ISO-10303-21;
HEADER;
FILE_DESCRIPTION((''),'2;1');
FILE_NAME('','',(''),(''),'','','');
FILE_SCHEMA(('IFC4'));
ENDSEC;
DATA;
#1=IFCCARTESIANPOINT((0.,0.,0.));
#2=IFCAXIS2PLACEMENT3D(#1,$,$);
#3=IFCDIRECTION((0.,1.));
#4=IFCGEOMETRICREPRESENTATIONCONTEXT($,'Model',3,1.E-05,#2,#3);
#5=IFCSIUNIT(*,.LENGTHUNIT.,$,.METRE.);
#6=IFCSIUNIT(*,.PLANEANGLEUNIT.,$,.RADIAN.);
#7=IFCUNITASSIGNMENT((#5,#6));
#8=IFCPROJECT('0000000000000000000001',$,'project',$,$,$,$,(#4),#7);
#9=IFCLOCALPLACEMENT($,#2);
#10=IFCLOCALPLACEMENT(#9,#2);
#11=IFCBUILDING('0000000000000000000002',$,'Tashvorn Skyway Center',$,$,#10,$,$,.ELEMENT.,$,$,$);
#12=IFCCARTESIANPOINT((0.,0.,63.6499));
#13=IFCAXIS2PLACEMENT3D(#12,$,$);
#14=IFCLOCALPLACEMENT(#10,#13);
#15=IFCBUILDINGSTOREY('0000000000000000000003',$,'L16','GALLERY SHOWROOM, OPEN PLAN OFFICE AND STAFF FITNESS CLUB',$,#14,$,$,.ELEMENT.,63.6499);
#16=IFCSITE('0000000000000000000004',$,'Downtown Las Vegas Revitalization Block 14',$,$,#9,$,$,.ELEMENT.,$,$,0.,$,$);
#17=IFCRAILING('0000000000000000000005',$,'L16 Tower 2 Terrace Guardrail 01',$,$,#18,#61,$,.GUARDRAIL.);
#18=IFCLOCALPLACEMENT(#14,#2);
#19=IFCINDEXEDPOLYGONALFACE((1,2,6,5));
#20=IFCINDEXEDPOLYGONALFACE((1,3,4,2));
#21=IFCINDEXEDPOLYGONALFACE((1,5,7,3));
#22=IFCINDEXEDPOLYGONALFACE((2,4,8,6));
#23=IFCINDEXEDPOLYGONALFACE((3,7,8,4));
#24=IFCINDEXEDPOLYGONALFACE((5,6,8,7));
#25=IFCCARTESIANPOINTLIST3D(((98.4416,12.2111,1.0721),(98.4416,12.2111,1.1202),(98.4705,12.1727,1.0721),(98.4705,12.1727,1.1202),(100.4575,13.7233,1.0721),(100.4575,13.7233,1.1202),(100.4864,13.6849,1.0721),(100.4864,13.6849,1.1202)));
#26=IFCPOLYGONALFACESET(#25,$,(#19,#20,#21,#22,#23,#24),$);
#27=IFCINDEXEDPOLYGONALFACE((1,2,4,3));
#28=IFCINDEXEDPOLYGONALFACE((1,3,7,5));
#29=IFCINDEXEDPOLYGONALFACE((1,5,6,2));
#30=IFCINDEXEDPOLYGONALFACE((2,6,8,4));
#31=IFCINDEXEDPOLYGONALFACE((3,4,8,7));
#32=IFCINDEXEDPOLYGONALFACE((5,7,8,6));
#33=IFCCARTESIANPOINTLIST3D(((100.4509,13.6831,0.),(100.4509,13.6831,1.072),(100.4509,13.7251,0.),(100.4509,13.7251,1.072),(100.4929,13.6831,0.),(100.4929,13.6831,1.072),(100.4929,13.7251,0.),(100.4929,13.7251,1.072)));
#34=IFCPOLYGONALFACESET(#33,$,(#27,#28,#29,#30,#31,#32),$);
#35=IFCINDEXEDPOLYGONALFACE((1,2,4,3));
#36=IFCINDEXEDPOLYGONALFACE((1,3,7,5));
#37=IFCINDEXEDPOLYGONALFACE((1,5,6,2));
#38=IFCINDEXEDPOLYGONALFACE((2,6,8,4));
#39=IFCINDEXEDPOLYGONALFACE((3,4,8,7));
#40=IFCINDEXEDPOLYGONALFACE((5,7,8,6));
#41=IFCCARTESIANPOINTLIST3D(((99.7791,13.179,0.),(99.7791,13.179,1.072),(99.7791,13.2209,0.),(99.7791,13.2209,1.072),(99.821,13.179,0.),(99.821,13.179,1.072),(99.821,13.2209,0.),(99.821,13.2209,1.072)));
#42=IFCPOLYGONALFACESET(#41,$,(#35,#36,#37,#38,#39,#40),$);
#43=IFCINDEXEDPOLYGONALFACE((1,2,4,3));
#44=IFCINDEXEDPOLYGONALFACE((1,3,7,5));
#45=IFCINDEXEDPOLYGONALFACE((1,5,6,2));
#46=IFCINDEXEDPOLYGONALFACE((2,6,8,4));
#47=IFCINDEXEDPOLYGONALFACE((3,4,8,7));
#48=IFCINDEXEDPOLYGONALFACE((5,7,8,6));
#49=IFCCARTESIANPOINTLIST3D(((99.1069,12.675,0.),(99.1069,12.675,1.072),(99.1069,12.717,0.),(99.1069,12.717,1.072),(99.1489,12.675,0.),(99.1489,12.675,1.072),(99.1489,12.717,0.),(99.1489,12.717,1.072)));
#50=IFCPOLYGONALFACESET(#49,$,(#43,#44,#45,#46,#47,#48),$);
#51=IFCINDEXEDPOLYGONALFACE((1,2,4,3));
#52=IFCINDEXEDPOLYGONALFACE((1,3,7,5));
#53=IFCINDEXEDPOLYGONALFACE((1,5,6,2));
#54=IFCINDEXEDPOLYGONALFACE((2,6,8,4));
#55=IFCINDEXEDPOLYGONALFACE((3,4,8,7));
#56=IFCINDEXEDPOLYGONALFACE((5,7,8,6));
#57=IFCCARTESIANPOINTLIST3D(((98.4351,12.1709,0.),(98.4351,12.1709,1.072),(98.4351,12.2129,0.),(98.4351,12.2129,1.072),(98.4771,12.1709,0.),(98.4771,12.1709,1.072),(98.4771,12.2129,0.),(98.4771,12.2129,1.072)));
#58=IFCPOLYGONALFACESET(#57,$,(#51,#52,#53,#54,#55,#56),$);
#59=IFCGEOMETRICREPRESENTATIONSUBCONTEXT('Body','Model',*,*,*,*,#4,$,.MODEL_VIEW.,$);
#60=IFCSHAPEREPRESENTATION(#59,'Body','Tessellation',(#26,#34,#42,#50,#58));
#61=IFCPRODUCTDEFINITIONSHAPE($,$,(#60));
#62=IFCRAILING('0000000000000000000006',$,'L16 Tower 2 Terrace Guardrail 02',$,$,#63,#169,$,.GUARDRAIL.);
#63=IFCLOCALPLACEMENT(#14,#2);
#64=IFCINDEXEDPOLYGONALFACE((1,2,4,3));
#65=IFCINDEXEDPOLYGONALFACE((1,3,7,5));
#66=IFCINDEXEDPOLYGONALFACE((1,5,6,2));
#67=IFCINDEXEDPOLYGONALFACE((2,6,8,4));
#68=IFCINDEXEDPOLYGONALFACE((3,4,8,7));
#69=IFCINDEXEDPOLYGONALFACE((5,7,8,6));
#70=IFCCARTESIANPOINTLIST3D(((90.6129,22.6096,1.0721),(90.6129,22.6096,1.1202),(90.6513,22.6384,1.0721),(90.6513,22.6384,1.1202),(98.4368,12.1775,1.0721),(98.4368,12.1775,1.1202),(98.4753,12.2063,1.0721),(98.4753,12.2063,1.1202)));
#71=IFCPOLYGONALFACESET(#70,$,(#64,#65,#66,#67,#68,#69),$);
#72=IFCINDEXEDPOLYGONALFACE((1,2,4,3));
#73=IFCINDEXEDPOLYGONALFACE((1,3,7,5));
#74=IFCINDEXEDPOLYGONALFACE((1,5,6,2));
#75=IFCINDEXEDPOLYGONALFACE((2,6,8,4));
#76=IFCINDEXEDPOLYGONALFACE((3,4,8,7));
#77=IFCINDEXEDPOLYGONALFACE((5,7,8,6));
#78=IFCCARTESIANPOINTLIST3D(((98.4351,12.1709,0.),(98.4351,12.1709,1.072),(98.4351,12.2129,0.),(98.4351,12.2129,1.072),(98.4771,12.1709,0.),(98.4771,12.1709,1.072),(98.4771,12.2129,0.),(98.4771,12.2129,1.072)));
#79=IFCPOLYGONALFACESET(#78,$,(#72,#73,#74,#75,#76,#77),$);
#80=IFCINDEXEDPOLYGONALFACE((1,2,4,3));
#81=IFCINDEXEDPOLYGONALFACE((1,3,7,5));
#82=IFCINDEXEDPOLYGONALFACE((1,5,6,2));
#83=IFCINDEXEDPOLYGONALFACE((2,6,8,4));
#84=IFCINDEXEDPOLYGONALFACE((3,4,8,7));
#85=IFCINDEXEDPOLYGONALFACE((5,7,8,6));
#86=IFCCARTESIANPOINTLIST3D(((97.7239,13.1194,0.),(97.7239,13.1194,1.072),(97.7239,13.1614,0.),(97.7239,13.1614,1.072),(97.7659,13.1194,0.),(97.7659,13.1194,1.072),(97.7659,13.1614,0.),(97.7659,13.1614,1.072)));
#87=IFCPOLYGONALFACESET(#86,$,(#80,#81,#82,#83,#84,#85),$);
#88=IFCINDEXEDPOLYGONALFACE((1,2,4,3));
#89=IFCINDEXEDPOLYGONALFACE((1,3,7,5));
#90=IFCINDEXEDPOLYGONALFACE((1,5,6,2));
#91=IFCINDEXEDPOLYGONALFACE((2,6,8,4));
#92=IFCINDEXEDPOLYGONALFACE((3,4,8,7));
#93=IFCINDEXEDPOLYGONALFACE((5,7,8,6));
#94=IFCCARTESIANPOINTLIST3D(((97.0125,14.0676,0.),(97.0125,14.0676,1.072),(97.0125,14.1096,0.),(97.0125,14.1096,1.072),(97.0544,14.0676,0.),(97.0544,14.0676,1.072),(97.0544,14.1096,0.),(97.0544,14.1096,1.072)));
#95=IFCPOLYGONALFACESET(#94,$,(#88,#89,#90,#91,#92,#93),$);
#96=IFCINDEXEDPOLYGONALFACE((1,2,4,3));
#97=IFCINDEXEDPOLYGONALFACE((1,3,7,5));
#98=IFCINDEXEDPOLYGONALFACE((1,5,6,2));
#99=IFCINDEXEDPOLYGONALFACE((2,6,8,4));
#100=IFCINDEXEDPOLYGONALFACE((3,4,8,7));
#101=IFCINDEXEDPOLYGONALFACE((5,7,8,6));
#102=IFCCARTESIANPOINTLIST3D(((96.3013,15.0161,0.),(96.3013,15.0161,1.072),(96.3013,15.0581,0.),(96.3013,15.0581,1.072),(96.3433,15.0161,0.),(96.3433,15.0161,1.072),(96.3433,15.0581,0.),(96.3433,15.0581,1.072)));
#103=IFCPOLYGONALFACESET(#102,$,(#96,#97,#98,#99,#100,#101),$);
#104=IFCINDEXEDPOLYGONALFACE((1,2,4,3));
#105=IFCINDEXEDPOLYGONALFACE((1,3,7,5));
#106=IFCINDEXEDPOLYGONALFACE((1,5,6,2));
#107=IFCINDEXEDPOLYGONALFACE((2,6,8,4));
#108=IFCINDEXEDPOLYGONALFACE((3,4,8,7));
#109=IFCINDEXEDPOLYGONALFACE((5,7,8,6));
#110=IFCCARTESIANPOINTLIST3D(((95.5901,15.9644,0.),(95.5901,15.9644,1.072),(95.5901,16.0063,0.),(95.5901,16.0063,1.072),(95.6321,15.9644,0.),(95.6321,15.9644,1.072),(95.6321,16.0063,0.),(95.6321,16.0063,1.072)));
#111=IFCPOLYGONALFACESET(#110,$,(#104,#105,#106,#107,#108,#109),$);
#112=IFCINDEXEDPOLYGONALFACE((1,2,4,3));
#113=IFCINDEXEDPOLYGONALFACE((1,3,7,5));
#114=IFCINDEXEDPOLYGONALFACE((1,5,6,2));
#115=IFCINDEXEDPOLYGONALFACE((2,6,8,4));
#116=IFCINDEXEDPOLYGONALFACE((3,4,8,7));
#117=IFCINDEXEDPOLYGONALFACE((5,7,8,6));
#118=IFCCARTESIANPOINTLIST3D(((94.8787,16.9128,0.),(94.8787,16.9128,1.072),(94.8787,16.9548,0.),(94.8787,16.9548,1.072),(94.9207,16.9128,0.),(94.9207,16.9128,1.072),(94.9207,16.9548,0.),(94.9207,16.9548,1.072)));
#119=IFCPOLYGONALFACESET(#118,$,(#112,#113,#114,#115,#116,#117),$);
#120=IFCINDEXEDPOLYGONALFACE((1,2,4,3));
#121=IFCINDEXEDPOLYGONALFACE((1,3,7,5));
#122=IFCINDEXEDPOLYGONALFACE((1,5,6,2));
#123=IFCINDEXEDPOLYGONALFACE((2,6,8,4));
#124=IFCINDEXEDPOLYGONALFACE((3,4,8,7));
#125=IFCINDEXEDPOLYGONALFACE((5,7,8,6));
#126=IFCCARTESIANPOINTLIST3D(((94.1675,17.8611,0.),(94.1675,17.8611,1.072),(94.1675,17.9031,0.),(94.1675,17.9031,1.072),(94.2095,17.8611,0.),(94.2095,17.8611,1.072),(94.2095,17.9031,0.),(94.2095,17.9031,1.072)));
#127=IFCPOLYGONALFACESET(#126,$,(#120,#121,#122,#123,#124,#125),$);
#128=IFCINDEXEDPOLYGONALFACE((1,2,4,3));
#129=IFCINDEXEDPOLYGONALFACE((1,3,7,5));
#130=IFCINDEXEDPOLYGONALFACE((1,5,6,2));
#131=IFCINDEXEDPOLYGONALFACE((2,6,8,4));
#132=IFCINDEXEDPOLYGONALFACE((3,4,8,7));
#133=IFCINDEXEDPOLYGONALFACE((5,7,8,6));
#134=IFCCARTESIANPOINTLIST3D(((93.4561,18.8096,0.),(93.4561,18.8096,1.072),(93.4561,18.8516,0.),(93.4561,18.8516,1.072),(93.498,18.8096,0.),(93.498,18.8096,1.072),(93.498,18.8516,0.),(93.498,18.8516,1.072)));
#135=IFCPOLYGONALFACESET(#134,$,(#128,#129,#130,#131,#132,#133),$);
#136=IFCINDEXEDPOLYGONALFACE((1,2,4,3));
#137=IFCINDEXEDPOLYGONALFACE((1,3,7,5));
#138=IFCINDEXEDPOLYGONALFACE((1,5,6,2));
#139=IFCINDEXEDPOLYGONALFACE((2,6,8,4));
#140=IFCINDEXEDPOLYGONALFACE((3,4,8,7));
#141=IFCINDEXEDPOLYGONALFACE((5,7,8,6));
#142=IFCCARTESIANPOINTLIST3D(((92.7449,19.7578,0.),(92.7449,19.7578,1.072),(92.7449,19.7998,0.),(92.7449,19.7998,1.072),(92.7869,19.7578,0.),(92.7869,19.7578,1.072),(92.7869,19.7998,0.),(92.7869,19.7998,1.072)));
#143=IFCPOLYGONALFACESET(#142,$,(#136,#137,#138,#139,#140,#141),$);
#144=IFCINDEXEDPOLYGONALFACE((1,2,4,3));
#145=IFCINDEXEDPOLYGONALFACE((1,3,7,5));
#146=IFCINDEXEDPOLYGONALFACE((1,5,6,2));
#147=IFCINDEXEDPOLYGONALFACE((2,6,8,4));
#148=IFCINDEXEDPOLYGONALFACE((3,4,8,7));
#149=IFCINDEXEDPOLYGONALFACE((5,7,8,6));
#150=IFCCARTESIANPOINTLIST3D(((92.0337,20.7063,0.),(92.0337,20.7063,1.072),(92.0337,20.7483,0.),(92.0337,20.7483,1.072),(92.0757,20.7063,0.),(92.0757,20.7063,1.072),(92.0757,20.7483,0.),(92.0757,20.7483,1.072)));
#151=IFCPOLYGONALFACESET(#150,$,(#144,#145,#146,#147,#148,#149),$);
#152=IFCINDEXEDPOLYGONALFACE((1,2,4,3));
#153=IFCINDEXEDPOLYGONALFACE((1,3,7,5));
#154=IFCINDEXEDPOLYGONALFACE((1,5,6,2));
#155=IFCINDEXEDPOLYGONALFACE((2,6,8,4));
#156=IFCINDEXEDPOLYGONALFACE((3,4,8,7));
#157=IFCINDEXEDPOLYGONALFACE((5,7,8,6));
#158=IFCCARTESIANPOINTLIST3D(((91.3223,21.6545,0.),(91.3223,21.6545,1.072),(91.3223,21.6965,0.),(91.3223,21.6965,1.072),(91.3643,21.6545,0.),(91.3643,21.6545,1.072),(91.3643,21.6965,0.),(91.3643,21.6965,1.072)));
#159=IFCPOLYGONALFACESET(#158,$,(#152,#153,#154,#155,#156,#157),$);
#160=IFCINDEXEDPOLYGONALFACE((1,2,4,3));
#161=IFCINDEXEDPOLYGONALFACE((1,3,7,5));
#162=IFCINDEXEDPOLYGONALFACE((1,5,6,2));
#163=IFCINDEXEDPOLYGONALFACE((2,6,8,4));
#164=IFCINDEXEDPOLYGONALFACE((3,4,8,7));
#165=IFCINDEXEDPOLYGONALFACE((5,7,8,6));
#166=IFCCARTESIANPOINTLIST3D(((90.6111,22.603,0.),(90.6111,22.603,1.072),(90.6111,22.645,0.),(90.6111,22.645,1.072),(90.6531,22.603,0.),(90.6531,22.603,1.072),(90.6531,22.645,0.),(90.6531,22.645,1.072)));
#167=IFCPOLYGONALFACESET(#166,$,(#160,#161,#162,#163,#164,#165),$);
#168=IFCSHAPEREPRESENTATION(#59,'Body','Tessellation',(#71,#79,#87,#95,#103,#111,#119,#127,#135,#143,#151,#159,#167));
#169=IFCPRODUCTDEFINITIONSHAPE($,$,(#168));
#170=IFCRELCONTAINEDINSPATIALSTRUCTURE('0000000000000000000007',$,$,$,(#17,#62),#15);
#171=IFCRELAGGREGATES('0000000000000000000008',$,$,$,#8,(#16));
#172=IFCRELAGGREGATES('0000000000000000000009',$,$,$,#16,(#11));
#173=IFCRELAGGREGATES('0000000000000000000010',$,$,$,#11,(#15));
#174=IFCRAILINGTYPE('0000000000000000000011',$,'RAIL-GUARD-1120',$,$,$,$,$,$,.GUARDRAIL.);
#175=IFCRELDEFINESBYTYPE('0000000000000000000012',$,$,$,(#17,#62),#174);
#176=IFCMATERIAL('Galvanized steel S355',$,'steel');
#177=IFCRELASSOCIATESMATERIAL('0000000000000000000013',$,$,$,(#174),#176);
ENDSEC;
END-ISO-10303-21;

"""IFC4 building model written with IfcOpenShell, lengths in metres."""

from ifc_helpers import new_model, si_unit, direction, frame, origin, origin_2d, place, context, subcontext, project, spatial, rectangle, extrude, material, type_object, element, save


model = new_model("IFC4")

# Units and contexts
model_context = context("Model", 3, precision=1e-05, world=origin(), true_north=direction((0.0, 1.0)))
body_context = subcontext(model_context, "Body", "Model", "MODEL_VIEW")
ifc_project = project(units=[si_unit("LENGTHUNIT", "METRE"), si_unit("PLANEANGLEUNIT", "RADIAN")], contexts=[model_context])

# Site, building, storey
site_placement = place(None, origin())
site = spatial("IfcSite", under=ifc_project, at=site_placement, Name="Downtown Las Vegas Revitalization Block 14", CompositionType="ELEMENT", RefElevation=0.0)
building_placement = place(site_placement, origin())
building = spatial("IfcBuilding", under=site, at=building_placement, Name="Tashvorn Skyway Center", CompositionType="ELEMENT")
storey_placement = place(building_placement, frame((0.0, 0.0, 63.6499)))
storey = spatial("IfcBuildingStorey", under=building, at=storey_placement, Name="L16", Description="GALLERY SHOWROOM, OPEN PLAN OFFICE AND STAFF FITNESS CLUB", CompositionType="ELEMENT", Elevation=63.6499)

# Railings
ifc_material_1 = material(Name="Galvanized steel S355", Category="steel")
railing_type = type_object("IfcRailingType", Name="RAIL-GUARD-1120", PredefinedType="GUARDRAIL", material=ifc_material_1)
railing_1_placement = place(storey_placement, frame((100.4719, 13.7041, 0.0)))
element("IfcRailing", 1, at=railing_1_placement, inside=storey, type_object=railing_type, Name="L16 Tower 2 Terrace Guardrail 01", PredefinedType="GUARDRAIL", context=body_context, shape_type="SweptSolid", body=[
    extrude(rectangle(XDim=0.0481, YDim=0.0481, at=origin_2d()), frame((0.0, 0.0, 1.0962), z_axis=(-0.799942, -0.600078, 0.0), x_axis=(0.600078, -0.799942, 0.0)), (0.0, 0.0, 1.0), 2.52),
    extrude(rectangle(XDim=0.042, YDim=0.042, at=origin_2d()), origin(), (0.0, 0.0, 1.0), 1.072),
    extrude(rectangle(XDim=0.042, YDim=0.042, at=origin_2d()), frame((-0.6719, -0.5042, 0.0)), (0.0, 0.0, 1.0), 1.072),
    extrude(rectangle(XDim=0.042, YDim=0.042, at=origin_2d()), frame((-1.344, -1.0081, 0.0)), (0.0, 0.0, 1.0), 1.072),
    extrude(rectangle(XDim=0.042, YDim=0.042, at=origin_2d()), frame((-2.0159, -1.5122, 0.0)), (0.0, 0.0, 1.0), 1.072),
])
railing_2_placement = place(storey_placement, frame((98.4561, 12.1919, 0.0)))
element("IfcRailing", 2, at=railing_2_placement, inside=storey, type_object=railing_type, Name="L16 Tower 2 Terrace Guardrail 02", PredefinedType="GUARDRAIL", context=body_context, shape_type="SweptSolid", body=[
    extrude(rectangle(XDim=0.0481, YDim=0.0481, at=origin_2d()), frame((0.0, 0.0, 1.0962), z_axis=(-0.599994, 0.800004, 0.0), x_axis=(-0.800004, -0.599994, 0.0)), (0.0, 0.0, 1.0), 13.04),
    extrude(rectangle(XDim=0.042, YDim=0.042, at=origin_2d()), origin(), (0.0, 0.0, 1.0), 1.072),
    extrude(rectangle(XDim=0.042, YDim=0.042, at=origin_2d()), frame((-0.7112, 0.9485, 0.0)), (0.0, 0.0, 1.0), 1.072),
    extrude(rectangle(XDim=0.042, YDim=0.042, at=origin_2d()), frame((-1.4226, 1.8967, 0.0)), (0.0, 0.0, 1.0), 1.072),
    extrude(rectangle(XDim=0.042, YDim=0.042, at=origin_2d()), frame((-2.1338, 2.8452, 0.0)), (0.0, 0.0, 1.0), 1.072),
    extrude(rectangle(XDim=0.042, YDim=0.042, at=origin_2d()), frame((-2.845, 3.7935, 0.0)), (0.0, 0.0, 1.0), 1.072),
    extrude(rectangle(XDim=0.042, YDim=0.042, at=origin_2d()), frame((-3.5564, 4.7419, 0.0)), (0.0, 0.0, 1.0), 1.072),
    extrude(rectangle(XDim=0.042, YDim=0.042, at=origin_2d()), frame((-4.2676, 5.6902, 0.0)), (0.0, 0.0, 1.0), 1.072),
    extrude(rectangle(XDim=0.042, YDim=0.042, at=origin_2d()), frame((-4.979, 6.6387, 0.0)), (0.0, 0.0, 1.0), 1.072),
    extrude(rectangle(XDim=0.042, YDim=0.042, at=origin_2d()), frame((-5.6902, 7.5869, 0.0)), (0.0, 0.0, 1.0), 1.072),
    extrude(rectangle(XDim=0.042, YDim=0.042, at=origin_2d()), frame((-6.4014, 8.5354, 0.0)), (0.0, 0.0, 1.0), 1.072),
    extrude(rectangle(XDim=0.042, YDim=0.042, at=origin_2d()), frame((-7.1128, 9.4836, 0.0)), (0.0, 0.0, 1.0), 1.072),
    extrude(rectangle(XDim=0.042, YDim=0.042, at=origin_2d()), frame((-7.824, 10.4321, 0.0)), (0.0, 0.0, 1.0), 1.072),
])

save(model, "model.ifc")
